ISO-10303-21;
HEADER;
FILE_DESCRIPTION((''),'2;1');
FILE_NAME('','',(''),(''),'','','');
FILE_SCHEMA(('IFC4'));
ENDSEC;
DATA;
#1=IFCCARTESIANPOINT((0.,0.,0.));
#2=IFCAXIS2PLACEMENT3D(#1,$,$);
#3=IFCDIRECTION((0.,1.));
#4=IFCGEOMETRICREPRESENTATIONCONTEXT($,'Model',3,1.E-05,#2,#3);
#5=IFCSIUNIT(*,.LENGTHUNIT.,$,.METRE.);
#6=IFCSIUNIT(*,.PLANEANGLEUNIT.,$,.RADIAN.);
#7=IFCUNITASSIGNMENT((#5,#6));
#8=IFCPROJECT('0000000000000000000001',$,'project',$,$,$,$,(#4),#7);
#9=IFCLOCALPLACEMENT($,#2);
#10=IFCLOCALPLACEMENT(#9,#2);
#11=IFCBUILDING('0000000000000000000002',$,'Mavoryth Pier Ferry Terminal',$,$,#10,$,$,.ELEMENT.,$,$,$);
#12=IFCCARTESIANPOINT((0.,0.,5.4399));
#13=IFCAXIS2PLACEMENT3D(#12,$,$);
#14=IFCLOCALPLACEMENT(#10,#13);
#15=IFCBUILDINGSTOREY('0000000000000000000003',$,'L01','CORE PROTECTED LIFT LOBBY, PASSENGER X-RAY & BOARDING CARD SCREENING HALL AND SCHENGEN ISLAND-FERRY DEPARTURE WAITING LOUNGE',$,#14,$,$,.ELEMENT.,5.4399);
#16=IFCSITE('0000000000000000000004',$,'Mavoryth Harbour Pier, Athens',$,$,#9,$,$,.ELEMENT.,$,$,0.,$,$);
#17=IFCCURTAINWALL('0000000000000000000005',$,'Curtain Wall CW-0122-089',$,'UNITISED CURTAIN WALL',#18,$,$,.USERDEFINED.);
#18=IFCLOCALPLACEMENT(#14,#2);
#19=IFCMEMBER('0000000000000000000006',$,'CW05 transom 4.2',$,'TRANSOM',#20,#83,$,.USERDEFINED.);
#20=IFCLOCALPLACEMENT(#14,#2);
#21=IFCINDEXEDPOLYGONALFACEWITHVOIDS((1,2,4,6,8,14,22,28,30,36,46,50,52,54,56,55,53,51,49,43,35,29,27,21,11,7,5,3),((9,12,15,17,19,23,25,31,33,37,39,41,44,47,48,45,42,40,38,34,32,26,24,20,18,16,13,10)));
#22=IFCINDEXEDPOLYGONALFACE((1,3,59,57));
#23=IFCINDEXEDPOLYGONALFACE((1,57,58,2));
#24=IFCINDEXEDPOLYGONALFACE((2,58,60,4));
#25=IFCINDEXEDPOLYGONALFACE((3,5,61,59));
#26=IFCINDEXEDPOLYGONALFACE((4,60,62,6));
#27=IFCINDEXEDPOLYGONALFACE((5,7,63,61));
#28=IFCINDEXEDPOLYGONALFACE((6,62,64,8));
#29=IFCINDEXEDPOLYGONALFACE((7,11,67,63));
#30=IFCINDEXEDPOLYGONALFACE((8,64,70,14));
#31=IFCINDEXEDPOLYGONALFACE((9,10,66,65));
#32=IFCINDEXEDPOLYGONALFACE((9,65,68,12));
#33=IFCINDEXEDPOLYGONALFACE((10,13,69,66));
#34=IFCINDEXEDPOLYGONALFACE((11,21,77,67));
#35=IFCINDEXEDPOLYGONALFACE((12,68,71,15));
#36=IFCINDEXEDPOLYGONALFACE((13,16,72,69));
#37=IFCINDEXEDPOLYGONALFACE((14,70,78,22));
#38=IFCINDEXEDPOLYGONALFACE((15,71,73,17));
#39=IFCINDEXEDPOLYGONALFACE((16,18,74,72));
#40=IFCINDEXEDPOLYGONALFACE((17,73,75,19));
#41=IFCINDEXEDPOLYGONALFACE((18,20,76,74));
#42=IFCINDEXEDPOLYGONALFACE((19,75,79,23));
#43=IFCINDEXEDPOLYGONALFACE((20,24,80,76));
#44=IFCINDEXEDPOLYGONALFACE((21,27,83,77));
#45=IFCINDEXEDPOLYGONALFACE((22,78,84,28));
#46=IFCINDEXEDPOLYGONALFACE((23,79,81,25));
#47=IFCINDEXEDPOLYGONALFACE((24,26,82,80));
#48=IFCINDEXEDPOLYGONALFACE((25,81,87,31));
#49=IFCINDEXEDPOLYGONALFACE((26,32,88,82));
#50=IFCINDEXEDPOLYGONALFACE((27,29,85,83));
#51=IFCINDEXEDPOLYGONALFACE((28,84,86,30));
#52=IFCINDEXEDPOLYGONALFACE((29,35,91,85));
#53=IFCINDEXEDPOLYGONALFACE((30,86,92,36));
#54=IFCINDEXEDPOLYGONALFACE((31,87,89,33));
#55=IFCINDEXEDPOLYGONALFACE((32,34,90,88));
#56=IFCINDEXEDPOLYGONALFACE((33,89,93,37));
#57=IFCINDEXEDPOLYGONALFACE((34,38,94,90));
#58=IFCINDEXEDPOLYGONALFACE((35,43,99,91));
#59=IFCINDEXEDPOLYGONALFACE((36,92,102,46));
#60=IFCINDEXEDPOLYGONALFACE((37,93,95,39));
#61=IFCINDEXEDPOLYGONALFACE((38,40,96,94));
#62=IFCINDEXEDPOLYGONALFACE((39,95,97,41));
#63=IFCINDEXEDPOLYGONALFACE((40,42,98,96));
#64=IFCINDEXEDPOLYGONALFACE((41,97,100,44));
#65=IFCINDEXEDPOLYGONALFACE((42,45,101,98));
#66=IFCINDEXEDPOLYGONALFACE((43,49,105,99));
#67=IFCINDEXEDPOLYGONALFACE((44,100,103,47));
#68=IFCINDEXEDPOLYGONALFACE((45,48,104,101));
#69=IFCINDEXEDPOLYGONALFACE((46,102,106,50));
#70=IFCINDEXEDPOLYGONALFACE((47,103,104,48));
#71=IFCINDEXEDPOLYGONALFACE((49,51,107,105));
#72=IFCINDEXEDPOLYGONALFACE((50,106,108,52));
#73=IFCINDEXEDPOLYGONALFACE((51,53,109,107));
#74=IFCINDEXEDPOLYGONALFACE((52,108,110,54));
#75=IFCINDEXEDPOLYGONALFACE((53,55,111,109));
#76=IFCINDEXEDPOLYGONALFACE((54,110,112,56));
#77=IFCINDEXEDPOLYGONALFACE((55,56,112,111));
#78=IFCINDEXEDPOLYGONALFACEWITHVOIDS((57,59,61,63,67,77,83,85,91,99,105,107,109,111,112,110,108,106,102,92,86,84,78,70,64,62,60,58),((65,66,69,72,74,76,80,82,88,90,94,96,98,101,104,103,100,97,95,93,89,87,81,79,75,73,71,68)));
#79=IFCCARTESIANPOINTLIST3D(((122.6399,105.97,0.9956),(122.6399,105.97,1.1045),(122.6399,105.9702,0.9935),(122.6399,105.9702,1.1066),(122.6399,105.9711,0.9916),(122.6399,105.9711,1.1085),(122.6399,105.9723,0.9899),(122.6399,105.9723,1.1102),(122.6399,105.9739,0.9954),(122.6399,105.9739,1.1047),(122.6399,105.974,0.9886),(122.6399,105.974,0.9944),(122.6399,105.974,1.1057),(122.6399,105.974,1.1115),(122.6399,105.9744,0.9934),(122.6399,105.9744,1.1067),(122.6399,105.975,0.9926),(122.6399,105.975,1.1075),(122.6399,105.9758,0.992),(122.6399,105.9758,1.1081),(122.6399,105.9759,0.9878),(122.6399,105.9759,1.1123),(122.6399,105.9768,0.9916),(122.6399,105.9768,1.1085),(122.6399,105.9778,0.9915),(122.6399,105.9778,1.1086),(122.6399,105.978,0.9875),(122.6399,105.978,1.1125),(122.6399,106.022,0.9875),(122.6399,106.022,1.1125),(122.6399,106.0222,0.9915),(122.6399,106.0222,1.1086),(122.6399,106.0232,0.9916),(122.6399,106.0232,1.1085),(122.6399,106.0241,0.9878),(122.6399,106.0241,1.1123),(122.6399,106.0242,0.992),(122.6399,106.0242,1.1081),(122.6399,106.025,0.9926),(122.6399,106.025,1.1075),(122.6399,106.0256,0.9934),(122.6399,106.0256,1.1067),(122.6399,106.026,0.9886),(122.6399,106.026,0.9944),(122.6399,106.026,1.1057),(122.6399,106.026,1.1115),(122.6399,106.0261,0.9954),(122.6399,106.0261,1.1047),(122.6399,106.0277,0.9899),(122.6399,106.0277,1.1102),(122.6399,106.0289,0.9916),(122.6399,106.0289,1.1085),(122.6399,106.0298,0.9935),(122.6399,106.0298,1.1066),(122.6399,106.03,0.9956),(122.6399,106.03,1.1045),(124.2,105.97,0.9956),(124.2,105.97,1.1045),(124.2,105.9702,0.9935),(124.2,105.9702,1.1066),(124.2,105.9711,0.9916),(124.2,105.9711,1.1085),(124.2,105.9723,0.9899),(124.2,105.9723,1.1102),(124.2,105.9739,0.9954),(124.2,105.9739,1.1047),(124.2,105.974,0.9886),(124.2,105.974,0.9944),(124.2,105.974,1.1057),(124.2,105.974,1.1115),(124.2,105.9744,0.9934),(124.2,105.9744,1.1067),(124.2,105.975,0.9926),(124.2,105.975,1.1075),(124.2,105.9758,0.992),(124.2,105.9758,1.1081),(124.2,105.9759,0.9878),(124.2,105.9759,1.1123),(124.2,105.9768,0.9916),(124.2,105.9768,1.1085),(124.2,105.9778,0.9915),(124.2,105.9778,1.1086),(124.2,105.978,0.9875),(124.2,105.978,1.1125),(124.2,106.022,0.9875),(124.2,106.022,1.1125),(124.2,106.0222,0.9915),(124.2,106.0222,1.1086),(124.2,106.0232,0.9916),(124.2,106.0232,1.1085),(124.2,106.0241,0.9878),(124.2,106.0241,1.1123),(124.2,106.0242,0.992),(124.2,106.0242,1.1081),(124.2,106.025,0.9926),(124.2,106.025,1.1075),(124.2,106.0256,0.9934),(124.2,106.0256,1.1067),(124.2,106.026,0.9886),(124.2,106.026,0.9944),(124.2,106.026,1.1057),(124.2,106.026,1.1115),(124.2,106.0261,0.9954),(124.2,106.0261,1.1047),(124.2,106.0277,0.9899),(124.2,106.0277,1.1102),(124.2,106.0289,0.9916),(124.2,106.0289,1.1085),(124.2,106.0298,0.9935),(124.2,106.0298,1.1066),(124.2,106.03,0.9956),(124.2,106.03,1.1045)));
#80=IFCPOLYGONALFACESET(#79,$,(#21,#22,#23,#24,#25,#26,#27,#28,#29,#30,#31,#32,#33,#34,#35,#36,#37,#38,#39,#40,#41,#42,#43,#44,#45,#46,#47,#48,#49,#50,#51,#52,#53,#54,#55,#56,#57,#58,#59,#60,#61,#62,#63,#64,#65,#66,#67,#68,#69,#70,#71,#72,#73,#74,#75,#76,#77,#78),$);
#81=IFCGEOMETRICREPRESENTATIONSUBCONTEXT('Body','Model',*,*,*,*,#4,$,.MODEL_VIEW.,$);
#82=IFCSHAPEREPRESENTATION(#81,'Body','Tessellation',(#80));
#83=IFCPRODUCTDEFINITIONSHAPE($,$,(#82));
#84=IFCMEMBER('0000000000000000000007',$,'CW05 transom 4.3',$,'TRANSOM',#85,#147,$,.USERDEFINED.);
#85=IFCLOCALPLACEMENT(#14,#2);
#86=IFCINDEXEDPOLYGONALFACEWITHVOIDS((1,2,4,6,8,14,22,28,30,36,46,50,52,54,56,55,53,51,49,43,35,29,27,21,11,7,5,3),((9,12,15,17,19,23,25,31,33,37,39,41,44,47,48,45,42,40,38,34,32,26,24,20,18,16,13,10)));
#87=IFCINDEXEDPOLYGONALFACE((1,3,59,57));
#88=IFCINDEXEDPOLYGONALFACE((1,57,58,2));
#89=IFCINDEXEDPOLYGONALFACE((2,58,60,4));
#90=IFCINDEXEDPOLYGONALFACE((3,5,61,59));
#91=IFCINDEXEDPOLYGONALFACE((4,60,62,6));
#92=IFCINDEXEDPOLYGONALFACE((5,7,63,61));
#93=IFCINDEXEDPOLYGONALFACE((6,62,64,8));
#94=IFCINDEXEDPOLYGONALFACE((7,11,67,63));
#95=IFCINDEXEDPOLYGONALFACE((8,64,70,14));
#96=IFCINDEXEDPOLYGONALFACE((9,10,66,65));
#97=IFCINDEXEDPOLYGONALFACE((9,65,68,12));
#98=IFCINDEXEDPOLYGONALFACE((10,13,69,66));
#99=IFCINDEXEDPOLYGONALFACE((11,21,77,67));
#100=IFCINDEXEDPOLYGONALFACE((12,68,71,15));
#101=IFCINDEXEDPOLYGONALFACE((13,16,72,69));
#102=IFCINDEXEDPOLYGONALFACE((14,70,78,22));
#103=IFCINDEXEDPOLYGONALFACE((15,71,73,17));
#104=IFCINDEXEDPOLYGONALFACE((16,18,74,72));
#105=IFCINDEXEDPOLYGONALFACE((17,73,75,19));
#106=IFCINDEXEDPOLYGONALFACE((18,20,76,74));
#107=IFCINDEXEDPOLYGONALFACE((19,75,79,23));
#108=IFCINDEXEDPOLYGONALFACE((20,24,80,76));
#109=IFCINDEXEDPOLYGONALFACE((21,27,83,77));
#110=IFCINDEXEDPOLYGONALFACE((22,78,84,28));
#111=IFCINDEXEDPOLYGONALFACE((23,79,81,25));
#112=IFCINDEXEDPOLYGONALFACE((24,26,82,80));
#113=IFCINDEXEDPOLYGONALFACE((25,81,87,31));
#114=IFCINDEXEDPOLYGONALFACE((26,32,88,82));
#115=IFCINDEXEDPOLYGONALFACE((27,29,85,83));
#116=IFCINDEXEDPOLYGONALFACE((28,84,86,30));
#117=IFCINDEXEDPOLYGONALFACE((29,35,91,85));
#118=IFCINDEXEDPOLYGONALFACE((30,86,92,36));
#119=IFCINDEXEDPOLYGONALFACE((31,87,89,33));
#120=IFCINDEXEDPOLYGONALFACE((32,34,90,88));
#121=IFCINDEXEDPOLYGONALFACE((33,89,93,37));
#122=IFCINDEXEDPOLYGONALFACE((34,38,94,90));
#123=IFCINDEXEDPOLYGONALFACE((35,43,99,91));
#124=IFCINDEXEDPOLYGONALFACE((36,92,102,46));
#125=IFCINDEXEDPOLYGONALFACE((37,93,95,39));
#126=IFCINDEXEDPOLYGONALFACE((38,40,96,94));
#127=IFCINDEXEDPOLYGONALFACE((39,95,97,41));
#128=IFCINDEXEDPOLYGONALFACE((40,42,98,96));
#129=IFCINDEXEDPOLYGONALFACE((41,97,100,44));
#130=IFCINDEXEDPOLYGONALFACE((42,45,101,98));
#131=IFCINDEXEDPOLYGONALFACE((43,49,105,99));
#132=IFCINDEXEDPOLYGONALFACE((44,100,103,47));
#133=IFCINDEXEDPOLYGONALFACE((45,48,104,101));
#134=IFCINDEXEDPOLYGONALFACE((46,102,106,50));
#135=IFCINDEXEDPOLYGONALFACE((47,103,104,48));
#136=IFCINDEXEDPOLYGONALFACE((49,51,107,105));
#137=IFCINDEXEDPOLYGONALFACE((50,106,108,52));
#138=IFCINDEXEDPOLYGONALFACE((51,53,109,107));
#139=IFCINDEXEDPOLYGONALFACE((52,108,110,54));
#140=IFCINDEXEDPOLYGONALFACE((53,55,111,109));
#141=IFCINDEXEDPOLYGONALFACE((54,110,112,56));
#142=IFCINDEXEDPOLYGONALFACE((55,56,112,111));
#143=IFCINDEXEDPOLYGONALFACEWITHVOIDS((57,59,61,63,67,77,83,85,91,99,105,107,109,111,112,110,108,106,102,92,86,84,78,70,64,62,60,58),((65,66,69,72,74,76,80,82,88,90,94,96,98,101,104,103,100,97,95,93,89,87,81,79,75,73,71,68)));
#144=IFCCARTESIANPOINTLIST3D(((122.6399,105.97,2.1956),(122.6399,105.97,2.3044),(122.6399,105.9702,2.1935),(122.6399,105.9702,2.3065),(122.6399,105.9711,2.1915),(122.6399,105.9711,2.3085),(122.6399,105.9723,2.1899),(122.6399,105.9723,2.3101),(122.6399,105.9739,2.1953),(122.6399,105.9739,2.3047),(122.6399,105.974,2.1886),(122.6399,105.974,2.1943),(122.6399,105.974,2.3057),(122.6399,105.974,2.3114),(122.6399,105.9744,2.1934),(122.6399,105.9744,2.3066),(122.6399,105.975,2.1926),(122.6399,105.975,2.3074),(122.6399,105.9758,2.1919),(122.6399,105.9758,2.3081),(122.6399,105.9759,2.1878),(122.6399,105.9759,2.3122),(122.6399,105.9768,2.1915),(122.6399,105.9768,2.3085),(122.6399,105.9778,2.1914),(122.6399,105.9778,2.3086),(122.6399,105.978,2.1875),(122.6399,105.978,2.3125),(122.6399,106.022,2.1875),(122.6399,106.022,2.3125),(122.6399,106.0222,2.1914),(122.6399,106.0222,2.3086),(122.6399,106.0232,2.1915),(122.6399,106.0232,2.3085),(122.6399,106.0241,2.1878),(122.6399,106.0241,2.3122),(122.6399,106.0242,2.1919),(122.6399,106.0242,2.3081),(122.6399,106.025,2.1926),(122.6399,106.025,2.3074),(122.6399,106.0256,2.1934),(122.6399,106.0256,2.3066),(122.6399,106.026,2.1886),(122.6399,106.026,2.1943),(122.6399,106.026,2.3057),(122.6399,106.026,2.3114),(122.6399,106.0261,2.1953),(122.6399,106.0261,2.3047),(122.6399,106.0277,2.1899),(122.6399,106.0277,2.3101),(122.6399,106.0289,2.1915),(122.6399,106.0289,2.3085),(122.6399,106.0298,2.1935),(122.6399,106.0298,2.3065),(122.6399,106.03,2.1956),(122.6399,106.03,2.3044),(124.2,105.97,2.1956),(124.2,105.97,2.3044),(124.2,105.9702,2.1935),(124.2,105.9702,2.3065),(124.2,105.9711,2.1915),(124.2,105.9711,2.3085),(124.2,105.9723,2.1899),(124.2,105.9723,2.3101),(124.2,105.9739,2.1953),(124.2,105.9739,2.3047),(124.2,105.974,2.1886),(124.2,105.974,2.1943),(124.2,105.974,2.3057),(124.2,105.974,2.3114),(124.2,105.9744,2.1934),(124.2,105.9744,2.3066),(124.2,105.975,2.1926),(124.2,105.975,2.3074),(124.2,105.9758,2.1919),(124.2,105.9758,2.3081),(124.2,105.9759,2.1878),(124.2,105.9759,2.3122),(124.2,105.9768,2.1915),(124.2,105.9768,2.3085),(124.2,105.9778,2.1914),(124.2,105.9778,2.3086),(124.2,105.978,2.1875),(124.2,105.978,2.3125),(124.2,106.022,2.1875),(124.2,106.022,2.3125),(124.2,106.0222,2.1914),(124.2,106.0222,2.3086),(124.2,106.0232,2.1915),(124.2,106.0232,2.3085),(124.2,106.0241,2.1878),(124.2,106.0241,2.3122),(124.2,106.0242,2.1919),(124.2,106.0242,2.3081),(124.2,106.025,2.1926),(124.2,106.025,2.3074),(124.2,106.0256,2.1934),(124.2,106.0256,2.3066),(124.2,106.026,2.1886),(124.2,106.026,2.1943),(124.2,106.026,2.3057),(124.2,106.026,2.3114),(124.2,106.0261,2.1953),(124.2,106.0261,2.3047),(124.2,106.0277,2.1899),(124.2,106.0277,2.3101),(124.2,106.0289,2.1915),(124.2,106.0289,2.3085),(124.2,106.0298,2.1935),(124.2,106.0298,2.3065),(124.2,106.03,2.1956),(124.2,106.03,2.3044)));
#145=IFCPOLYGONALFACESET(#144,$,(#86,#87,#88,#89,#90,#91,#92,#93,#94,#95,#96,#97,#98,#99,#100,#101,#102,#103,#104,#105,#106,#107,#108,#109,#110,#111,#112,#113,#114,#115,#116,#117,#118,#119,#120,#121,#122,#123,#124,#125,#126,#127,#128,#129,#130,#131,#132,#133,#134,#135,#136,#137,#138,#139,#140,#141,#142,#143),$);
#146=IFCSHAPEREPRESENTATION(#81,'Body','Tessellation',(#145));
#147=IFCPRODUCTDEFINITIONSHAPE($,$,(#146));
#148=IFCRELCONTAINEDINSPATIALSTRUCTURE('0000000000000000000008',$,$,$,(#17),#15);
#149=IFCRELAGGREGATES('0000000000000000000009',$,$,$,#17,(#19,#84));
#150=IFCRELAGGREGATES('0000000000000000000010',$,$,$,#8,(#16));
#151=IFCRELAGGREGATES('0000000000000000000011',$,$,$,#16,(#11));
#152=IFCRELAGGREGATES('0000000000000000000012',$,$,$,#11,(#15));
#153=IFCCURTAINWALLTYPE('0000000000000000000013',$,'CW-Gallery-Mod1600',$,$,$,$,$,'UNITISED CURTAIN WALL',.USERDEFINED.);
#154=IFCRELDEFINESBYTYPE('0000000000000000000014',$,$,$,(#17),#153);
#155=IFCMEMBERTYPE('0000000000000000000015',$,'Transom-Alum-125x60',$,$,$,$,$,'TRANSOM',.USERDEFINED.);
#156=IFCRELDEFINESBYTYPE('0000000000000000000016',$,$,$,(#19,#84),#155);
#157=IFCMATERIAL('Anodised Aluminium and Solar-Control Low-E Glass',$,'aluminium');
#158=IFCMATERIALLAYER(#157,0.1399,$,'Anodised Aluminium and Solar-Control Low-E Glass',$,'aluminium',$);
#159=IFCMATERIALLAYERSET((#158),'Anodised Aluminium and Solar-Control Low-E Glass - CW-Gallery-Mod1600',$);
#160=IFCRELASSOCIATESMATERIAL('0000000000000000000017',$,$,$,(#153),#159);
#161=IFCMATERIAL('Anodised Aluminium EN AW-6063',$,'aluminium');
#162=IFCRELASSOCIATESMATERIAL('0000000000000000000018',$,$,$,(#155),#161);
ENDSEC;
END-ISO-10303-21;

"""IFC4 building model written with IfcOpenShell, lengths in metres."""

from ifc_helpers import new_model, si_unit, direction, frame, origin, origin_2d, place, context, subcontext, project, spatial, hollow_rectangle, extrude, material, layer, layer_set, material_profile, profile_set, type_object, element, aggregate, save


model = new_model("IFC4")

# Units and contexts
model_context = context("Model", 3, precision=1e-05, world=origin(), true_north=direction((0.0, 1.0)))
body_context = subcontext(model_context, "Body", "Model", "MODEL_VIEW")
ifc_project = project(units=[si_unit("LENGTHUNIT", "METRE"), si_unit("PLANEANGLEUNIT", "RADIAN")], contexts=[model_context])

# Site, building, storey
site_placement = place(None, origin())
site = spatial("IfcSite", under=ifc_project, at=site_placement, Name="Mavoryth Harbour Pier, Athens", CompositionType="ELEMENT", RefElevation=0.0)
building_placement = place(site_placement, origin())
building = spatial("IfcBuilding", under=site, at=building_placement, Name="Mavoryth Pier Ferry Terminal", CompositionType="ELEMENT")
storey_placement = place(building_placement, frame((0.0, 0.0, 5.4399)))
storey = spatial("IfcBuildingStorey", under=building, at=storey_placement, Name="L01", Description="CORE PROTECTED LIFT LOBBY, PASSENGER X-RAY & BOARDING CARD SCREENING HALL AND SCHENGEN ISLAND-FERRY DEPARTURE WAITING LOUNGE", CompositionType="ELEMENT", Elevation=5.4399)

# Curtain wall, members
ifc_material_1 = material(Name="Anodised Aluminium and Solar-Control Low-E Glass", Category="aluminium")
ifc_layer_1 = layer(ifc_material_1, 0.1399, Name="Anodised Aluminium and Solar-Control Low-E Glass", Category="aluminium")
ifc_layer_set_1 = layer_set([ifc_layer_1], Name="Anodised Aluminium and Solar-Control Low-E Glass - CW-Gallery-Mod1600")
curtain_wall_type = type_object("IfcCurtainWallType", Name="CW-Gallery-Mod1600", ElementType="UNITISED CURTAIN WALL", PredefinedType="USERDEFINED", material=ifc_layer_set_1)
curtain_wall_1_placement = place(storey_placement, origin())
curtain_wall_1 = element("IfcCurtainWall", 1, at=curtain_wall_1_placement, inside=storey, type_object=curtain_wall_type, Name="Curtain Wall CW-0122-089", ObjectType="UNITISED CURTAIN WALL", PredefinedType="USERDEFINED")
ifc_material_2 = material(Name="Anodised Aluminium EN AW-6063", Category="aluminium")
ifc_material_profile_1 = material_profile(ifc_material_2, hollow_rectangle(XDim=0.0601, YDim=0.125, WallThickness=0.0039, InnerFilletRadius=0.0039, OuterFilletRadius=0.0081, at=origin_2d()), Name="AL-TRAN 125x60x4", Category="aluminium")
ifc_profile_set_1 = profile_set([ifc_material_profile_1], Name="Anodised Aluminium EN AW-6063 - AL-TRAN 125x60x4")
member_type_1 = type_object("IfcMemberType", Name="Transom-Alum-125x60", ElementType="TRANSOM", PredefinedType="USERDEFINED", material=ifc_profile_set_1)
member_1_placement = place(storey_placement, frame((122.6399, 106.0, 1.05), z_axis=(1.0, 0.0, 0.0), x_axis=(0.0, 1.0, 0.0)))
member_1 = element("IfcMember", 2, at=member_1_placement, type_object=member_type_1, Name="CW05 transom 4.2", ObjectType="TRANSOM", PredefinedType="USERDEFINED", context=body_context, shape_type="SweptSolid", body=[
    extrude(hollow_rectangle(XDim=0.0601, YDim=0.125, WallThickness=0.0039, InnerFilletRadius=0.0039, OuterFilletRadius=0.0081, at=origin_2d()), origin(), (0.0, 0.0, 1.0), 1.5601),
])
member_2_placement = place(storey_placement, frame((122.6399, 106.0, 2.25), z_axis=(1.0, 0.0, 0.0), x_axis=(0.0, 1.0, 0.0)))
member_2 = element("IfcMember", 3, at=member_2_placement, type_object=member_type_1, Name="CW05 transom 4.3", ObjectType="TRANSOM", PredefinedType="USERDEFINED", context=body_context, shape_type="SweptSolid", body=[
    extrude(hollow_rectangle(XDim=0.0601, YDim=0.125, WallThickness=0.0039, InnerFilletRadius=0.0039, OuterFilletRadius=0.0081, at=origin_2d()), origin(), (0.0, 0.0, 1.0), 1.5601),
])

aggregate(curtain_wall_1, [member_1, member_2])

save(model, "model.ifc")
